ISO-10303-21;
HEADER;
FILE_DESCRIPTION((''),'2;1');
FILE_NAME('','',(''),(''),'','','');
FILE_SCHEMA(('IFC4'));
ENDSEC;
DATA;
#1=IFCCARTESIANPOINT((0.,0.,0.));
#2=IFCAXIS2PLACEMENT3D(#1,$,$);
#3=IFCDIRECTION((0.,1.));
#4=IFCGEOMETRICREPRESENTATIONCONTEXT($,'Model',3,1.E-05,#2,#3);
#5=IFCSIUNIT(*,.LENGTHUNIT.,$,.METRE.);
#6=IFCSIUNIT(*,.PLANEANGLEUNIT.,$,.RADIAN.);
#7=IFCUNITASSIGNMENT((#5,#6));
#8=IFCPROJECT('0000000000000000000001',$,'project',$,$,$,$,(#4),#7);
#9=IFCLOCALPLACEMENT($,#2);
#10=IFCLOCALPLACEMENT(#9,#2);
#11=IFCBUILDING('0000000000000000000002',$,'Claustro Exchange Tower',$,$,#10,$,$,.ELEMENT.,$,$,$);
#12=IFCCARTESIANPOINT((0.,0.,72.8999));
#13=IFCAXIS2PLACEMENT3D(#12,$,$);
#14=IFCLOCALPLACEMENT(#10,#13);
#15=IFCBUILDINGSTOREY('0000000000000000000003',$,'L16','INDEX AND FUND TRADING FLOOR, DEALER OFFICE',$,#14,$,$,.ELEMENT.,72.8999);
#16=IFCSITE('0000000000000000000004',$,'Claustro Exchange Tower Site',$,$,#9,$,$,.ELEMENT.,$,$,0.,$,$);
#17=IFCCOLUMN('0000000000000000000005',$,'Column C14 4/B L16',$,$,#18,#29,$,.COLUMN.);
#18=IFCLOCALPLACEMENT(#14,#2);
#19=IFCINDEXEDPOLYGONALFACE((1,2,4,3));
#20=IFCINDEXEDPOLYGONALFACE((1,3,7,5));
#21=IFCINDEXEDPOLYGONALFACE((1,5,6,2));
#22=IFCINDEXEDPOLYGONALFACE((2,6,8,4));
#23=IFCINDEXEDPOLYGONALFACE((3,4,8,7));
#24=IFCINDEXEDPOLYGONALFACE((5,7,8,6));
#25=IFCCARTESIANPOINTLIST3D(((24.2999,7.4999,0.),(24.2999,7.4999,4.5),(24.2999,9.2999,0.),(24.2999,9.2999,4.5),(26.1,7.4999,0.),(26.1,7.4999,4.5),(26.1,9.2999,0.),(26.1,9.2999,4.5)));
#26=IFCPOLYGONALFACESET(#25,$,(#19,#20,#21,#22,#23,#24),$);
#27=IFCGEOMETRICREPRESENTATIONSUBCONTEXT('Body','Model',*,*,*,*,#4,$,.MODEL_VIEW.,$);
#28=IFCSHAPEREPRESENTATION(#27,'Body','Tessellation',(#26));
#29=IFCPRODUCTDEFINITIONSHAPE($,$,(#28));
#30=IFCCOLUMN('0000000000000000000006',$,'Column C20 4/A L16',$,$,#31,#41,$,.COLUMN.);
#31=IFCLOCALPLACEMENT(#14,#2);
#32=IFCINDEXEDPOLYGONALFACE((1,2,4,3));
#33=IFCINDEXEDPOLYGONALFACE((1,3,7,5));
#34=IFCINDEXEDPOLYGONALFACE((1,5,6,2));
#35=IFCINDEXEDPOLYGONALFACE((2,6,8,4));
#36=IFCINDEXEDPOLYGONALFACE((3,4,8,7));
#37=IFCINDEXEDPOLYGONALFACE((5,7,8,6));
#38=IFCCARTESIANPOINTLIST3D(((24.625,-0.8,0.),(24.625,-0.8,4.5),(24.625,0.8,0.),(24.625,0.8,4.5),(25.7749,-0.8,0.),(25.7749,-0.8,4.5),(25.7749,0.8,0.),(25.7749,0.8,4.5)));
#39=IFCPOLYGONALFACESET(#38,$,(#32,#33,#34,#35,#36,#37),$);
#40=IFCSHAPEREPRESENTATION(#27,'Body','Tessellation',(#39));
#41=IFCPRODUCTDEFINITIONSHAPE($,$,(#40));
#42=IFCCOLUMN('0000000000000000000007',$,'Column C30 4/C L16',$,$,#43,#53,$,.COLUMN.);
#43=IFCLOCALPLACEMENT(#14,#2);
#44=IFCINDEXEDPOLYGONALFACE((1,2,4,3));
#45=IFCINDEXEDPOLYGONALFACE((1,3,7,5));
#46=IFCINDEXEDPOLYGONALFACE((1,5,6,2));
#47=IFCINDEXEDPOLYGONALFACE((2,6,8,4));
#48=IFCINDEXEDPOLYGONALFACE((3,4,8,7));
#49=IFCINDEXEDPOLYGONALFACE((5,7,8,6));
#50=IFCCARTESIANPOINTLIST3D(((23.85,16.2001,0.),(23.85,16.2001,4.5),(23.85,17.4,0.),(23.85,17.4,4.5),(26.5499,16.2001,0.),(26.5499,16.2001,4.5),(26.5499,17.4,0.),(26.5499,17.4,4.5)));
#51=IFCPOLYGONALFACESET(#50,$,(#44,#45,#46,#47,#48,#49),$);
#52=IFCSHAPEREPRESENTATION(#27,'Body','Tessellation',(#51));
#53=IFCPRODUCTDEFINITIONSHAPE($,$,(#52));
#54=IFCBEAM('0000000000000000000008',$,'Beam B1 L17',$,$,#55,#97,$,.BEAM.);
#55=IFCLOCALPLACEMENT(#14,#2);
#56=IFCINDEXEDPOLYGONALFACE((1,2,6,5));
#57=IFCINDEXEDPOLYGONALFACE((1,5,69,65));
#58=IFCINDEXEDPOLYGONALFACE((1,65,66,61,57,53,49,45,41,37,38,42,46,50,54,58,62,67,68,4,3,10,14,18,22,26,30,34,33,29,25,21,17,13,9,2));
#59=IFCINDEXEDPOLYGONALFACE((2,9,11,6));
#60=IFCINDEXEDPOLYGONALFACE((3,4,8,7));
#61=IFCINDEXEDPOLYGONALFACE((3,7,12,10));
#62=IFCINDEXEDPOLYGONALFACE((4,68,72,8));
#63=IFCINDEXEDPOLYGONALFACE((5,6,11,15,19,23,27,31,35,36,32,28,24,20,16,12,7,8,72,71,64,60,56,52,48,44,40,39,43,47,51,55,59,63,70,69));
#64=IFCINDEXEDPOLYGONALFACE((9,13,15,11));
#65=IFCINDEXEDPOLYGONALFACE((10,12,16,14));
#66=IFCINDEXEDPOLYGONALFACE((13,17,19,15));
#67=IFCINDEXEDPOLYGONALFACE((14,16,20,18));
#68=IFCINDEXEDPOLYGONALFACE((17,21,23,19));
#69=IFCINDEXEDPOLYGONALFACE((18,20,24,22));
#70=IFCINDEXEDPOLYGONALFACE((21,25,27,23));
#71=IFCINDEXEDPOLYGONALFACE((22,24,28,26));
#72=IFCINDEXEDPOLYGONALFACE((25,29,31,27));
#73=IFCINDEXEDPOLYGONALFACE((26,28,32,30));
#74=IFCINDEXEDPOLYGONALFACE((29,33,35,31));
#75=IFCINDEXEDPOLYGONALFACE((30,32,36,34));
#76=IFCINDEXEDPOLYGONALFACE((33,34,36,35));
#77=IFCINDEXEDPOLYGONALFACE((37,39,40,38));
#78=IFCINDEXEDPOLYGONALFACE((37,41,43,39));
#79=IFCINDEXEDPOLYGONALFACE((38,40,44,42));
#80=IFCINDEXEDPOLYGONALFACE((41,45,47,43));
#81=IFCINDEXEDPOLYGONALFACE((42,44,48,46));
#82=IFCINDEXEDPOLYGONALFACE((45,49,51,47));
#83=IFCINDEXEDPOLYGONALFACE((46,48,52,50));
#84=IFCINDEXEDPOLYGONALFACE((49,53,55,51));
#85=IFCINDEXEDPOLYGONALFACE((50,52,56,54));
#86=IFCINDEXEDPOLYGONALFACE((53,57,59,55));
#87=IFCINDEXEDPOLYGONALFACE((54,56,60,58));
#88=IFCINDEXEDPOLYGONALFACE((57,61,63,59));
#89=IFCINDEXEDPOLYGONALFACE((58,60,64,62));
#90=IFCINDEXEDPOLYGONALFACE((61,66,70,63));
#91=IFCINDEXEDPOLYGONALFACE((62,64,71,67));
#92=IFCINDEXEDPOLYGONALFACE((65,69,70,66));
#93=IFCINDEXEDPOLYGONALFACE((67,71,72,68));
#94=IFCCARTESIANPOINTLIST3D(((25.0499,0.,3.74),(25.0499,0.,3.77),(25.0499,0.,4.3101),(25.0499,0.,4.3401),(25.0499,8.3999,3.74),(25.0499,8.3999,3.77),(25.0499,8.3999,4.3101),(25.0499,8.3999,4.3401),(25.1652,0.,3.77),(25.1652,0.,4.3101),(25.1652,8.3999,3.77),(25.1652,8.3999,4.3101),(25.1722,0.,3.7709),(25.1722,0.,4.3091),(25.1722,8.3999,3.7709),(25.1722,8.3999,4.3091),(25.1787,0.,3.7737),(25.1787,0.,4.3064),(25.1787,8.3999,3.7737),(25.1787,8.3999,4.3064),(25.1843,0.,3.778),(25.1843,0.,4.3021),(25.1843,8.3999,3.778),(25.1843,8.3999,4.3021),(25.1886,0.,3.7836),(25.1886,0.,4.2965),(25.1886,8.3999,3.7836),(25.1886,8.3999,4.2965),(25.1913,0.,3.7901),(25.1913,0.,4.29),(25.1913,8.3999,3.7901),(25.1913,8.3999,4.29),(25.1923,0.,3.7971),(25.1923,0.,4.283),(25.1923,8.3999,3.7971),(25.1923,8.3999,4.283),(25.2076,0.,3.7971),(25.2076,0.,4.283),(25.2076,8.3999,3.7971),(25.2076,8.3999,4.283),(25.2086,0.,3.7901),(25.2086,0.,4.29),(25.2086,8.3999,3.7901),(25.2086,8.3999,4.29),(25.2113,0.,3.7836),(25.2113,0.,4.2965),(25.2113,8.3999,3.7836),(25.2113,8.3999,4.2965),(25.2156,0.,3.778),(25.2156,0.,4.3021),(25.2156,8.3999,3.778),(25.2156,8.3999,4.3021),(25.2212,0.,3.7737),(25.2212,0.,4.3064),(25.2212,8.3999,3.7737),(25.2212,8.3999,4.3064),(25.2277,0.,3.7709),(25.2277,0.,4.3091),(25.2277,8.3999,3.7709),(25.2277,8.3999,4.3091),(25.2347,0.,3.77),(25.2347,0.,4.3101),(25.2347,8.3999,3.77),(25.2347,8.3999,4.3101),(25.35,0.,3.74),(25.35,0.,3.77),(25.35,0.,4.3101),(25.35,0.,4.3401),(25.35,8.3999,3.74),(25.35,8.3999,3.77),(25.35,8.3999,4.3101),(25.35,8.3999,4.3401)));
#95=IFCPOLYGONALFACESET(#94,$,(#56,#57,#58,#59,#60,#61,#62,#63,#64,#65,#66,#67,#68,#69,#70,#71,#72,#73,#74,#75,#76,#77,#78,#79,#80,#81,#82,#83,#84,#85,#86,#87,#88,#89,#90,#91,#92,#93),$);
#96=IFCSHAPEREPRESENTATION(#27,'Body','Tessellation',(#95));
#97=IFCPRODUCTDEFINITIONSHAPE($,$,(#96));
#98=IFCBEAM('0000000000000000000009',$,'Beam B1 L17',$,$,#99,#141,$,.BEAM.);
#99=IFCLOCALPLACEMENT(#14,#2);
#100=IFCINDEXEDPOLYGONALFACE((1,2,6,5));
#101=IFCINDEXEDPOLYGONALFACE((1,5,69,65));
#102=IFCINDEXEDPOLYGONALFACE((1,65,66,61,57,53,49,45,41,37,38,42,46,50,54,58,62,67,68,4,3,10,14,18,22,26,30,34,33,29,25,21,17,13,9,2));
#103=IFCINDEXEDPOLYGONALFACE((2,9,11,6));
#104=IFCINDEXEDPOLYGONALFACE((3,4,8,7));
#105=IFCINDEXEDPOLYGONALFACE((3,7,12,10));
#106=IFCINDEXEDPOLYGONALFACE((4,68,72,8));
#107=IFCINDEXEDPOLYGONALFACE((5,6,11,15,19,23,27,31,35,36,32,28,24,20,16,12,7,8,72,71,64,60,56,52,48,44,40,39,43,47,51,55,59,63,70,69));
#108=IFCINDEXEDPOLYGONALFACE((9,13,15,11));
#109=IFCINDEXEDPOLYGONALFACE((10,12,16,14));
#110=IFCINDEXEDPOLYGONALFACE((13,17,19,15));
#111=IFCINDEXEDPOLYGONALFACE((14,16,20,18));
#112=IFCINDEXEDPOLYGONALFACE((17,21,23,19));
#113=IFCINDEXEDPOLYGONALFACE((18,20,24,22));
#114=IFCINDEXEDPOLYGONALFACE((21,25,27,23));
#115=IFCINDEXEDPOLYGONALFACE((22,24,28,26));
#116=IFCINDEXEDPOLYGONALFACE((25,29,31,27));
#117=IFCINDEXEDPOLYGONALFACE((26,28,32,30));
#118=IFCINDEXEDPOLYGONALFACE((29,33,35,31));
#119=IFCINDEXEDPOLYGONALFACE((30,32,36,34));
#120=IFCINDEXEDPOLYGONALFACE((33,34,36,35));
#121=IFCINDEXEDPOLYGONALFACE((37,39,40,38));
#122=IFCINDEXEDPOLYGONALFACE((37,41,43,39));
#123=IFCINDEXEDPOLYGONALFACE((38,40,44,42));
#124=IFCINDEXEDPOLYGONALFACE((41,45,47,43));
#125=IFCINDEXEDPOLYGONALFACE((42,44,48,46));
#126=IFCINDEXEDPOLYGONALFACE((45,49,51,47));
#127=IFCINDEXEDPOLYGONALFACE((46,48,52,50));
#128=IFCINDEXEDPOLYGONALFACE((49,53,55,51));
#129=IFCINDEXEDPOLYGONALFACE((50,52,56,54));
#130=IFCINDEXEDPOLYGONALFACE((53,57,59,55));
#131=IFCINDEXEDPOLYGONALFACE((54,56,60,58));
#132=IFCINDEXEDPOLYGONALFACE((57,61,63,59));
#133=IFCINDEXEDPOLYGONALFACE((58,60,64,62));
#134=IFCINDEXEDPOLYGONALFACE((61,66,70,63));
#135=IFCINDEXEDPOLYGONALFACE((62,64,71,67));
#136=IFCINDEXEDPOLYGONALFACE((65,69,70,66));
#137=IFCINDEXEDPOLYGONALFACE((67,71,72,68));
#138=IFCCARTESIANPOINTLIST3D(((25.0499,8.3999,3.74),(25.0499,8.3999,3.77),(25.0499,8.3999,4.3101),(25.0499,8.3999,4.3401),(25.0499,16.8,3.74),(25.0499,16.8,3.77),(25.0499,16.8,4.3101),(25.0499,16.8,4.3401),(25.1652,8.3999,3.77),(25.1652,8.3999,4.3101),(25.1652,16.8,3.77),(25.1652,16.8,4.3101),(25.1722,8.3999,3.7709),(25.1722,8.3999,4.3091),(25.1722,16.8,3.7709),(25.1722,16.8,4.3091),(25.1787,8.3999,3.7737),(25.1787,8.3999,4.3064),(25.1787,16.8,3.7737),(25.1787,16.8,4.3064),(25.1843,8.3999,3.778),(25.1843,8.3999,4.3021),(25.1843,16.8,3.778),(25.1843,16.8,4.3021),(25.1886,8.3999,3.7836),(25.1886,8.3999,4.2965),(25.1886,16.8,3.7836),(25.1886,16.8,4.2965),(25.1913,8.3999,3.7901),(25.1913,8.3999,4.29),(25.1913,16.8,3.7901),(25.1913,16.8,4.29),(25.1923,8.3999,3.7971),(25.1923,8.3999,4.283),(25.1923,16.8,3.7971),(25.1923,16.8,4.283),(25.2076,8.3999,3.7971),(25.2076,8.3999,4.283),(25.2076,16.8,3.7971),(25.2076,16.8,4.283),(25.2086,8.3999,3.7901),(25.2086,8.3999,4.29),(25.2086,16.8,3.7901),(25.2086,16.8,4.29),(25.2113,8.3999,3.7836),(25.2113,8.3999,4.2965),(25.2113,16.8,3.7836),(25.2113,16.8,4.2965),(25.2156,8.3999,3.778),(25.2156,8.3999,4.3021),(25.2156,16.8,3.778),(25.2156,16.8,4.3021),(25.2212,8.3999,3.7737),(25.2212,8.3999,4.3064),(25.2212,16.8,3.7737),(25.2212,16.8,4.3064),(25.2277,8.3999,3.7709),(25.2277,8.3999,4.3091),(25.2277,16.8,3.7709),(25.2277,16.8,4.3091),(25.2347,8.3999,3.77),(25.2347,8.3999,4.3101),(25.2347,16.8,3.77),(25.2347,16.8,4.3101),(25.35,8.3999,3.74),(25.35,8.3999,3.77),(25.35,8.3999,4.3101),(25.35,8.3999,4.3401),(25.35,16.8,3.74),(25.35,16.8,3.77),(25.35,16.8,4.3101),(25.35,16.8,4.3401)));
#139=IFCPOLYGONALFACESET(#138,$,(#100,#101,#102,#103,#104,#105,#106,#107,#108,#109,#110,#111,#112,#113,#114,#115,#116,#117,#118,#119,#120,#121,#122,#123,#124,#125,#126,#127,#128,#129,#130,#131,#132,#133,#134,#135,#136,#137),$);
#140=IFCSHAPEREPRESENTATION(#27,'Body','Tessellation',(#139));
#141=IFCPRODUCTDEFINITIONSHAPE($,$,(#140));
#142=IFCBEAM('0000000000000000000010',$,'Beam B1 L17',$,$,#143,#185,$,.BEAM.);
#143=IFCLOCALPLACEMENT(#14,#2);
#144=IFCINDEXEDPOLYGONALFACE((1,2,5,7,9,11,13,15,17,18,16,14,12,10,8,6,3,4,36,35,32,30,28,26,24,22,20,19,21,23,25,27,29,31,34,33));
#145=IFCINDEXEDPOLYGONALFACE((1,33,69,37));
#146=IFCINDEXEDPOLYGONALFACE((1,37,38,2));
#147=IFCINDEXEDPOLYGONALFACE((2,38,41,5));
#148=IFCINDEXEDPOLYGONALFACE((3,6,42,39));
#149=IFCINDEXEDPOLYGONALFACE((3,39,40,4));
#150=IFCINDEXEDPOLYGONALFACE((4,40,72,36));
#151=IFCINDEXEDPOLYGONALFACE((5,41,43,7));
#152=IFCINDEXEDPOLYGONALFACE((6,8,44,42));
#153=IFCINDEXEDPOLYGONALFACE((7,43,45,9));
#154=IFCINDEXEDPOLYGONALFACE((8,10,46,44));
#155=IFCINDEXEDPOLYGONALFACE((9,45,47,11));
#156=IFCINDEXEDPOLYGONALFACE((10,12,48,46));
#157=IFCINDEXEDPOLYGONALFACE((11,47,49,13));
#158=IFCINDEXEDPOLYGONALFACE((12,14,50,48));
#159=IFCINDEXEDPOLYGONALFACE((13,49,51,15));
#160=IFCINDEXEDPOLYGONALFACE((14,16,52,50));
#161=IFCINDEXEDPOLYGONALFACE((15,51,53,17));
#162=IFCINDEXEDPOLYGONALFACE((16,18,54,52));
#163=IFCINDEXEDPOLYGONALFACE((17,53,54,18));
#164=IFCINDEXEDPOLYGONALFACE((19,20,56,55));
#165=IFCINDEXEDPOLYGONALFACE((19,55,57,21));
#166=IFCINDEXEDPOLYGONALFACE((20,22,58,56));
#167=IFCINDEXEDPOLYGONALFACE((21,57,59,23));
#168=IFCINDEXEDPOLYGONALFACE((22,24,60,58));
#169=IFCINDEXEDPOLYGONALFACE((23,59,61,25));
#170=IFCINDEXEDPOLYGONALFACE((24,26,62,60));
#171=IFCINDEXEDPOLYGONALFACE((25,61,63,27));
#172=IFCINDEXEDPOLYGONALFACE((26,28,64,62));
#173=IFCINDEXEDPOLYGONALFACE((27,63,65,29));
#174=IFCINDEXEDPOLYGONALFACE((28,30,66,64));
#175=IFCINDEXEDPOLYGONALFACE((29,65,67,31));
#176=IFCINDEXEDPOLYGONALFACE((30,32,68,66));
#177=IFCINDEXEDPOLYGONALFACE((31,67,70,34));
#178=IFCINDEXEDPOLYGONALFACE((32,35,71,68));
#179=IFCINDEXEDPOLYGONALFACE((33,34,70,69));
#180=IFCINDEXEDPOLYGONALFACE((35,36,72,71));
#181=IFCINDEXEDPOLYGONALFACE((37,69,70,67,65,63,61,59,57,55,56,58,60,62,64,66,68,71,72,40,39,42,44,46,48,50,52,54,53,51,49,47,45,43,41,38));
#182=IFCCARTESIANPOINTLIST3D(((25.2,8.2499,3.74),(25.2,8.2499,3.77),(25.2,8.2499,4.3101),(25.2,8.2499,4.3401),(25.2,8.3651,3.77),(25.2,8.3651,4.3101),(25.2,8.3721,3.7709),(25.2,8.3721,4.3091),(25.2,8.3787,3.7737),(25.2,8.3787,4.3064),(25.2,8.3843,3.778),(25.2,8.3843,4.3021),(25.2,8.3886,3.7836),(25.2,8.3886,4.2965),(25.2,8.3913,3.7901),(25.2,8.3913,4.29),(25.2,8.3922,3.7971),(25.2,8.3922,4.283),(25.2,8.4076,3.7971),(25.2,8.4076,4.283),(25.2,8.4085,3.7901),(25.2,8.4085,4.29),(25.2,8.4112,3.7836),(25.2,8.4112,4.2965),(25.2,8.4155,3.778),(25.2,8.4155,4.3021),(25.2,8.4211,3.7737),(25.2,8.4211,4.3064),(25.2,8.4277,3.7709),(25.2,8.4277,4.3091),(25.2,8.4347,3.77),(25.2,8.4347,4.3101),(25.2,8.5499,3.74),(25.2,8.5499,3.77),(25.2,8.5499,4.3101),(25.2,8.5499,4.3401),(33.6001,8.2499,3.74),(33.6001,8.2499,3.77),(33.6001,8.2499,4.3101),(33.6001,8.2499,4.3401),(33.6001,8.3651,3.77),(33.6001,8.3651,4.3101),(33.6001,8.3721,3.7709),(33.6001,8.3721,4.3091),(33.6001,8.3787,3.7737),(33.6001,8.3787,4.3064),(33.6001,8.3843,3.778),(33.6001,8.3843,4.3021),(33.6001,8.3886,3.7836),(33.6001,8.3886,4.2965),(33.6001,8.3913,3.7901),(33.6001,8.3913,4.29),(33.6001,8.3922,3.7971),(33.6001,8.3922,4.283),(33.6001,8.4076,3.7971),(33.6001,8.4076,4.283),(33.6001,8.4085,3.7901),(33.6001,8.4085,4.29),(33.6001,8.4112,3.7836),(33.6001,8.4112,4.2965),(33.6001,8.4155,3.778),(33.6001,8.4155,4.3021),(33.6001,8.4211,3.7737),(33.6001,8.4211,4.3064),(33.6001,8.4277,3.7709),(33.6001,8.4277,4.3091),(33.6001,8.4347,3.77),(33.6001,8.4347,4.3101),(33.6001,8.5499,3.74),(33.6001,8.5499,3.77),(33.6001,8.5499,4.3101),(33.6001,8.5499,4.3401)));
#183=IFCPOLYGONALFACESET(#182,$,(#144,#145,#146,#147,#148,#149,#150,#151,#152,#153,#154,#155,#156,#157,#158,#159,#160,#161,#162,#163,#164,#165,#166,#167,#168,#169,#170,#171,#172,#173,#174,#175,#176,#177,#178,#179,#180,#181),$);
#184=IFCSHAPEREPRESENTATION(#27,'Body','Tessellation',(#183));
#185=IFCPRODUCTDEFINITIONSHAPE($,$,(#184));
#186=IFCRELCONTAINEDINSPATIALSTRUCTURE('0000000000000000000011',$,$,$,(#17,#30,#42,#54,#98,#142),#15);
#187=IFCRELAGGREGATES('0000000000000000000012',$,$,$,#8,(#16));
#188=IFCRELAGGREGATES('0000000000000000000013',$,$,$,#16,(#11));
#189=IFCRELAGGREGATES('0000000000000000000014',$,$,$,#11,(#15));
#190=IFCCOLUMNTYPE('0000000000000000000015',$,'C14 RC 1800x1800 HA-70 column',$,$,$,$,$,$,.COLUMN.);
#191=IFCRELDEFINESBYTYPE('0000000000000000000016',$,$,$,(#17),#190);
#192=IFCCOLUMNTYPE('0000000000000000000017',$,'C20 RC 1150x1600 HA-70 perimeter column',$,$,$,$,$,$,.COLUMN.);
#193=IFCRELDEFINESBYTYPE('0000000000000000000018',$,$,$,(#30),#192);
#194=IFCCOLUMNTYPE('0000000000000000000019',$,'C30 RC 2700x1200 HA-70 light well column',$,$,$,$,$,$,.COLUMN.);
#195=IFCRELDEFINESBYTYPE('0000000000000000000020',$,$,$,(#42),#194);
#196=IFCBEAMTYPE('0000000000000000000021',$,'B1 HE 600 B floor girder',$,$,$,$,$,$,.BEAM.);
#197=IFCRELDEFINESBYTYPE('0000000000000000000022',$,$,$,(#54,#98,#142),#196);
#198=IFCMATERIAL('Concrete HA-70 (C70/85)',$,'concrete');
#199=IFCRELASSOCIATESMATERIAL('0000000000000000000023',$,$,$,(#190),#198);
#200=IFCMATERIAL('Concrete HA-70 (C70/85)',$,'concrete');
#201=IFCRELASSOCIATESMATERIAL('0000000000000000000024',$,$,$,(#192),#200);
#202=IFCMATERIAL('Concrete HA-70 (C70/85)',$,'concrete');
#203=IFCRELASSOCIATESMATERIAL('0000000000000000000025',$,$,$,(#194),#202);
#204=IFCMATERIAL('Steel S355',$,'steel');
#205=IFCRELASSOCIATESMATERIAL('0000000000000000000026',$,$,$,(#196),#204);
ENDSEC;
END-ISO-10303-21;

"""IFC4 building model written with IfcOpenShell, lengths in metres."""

from ifc_helpers import new_model, si_unit, direction, frame, origin, origin_2d, place, context, subcontext, project, spatial, rectangle, i_section, extrude, material, material_profile, profile_set, type_object, element, save


model = new_model("IFC4")

# Units and contexts
model_context = context("Model", 3, precision=1e-05, world=origin(), true_north=direction((0.0, 1.0)))
body_context = subcontext(model_context, "Body", "Model", "MODEL_VIEW")
ifc_project = project(units=[si_unit("LENGTHUNIT", "METRE"), si_unit("PLANEANGLEUNIT", "RADIAN")], contexts=[model_context])

# Site, building, storey
site_placement = place(None, origin())
site = spatial("IfcSite", under=ifc_project, at=site_placement, Name="Claustro Exchange Tower Site", CompositionType="ELEMENT", RefElevation=0.0)
building_placement = place(site_placement, origin())
building = spatial("IfcBuilding", under=site, at=building_placement, Name="Claustro Exchange Tower", CompositionType="ELEMENT")
storey_placement = place(building_placement, frame((0.0, 0.0, 72.8999)))
storey = spatial("IfcBuildingStorey", under=building, at=storey_placement, Name="L16", Description="INDEX AND FUND TRADING FLOOR, DEALER OFFICE", CompositionType="ELEMENT", Elevation=72.8999)

# Columns
ifc_material_1 = material(Name="Concrete HA-70 (C70/85)", Category="concrete")
ifc_material_profile_1 = material_profile(ifc_material_1, rectangle(XDim=1.8, YDim=1.8, at=origin_2d()), Name="RC 1800x1800")
ifc_profile_set_1 = profile_set([ifc_material_profile_1], Name="Concrete HA-70 (C70/85)")
column_type_1 = type_object("IfcColumnType", Name="C14 RC 1800x1800 HA-70 column", PredefinedType="COLUMN", material=ifc_profile_set_1)
column_1_placement = place(storey_placement, frame((25.2, 8.3999, 0.0), z_axis=(0.0, 0.0, 1.0), x_axis=(1.0, 0.0, 0.0)))
element("IfcColumn", 1, at=column_1_placement, inside=storey, type_object=column_type_1, Name="Column C14 4/B L16", PredefinedType="COLUMN", context=body_context, shape_type="SweptSolid", body=[
    extrude(rectangle(XDim=1.8, YDim=1.8, at=origin_2d()), origin(), (0.0, 0.0, 1.0), 4.5),
])
ifc_material_2 = material(Name="Concrete HA-70 (C70/85)", Category="concrete")
ifc_material_profile_2 = material_profile(ifc_material_2, rectangle(XDim=1.1499, YDim=1.6001, at=origin_2d()), Name="RC 1150x1600")
ifc_profile_set_2 = profile_set([ifc_material_profile_2], Name="Concrete HA-70 (C70/85)")
column_type_2 = type_object("IfcColumnType", Name="C20 RC 1150x1600 HA-70 perimeter column", PredefinedType="COLUMN", material=ifc_profile_set_2)
column_2_placement = place(storey_placement, frame((25.2, 0.0, 0.0), z_axis=(0.0, 0.0, 1.0), x_axis=(1.0, 0.0, 0.0)))
element("IfcColumn", 2, at=column_2_placement, inside=storey, type_object=column_type_2, Name="Column C20 4/A L16", PredefinedType="COLUMN", context=body_context, shape_type="SweptSolid", body=[
    extrude(rectangle(XDim=1.1499, YDim=1.6001, at=origin_2d()), origin(), (0.0, 0.0, 1.0), 4.5),
])
ifc_material_3 = material(Name="Concrete HA-70 (C70/85)", Category="concrete")
ifc_material_profile_3 = material_profile(ifc_material_3, rectangle(XDim=2.7, YDim=1.2, at=origin_2d()), Name="RC 2700x1200")
ifc_profile_set_3 = profile_set([ifc_material_profile_3], Name="Concrete HA-70 (C70/85)")
column_type_3 = type_object("IfcColumnType", Name="C30 RC 2700x1200 HA-70 light well column", PredefinedType="COLUMN", material=ifc_profile_set_3)
column_3_placement = place(storey_placement, frame((25.2, 16.8, 0.0), z_axis=(0.0, 0.0, 1.0), x_axis=(1.0, 0.0, 0.0)))
element("IfcColumn", 3, at=column_3_placement, inside=storey, type_object=column_type_3, Name="Column C30 4/C L16", PredefinedType="COLUMN", context=body_context, shape_type="SweptSolid", body=[
    extrude(rectangle(XDim=2.7, YDim=1.2, at=origin_2d()), origin(), (0.0, 0.0, 1.0), 4.5),
])

# Beams
ifc_material_4 = material(Name="Steel S355", Category="steel")
ifc_material_profile_4 = material_profile(ifc_material_4, i_section(OverallWidth=0.3, OverallDepth=0.6001, WebThickness=0.0154, FlangeThickness=0.03, FilletRadius=0.0271, at=origin_2d()), Name="HE 600 B")
ifc_profile_set_4 = profile_set([ifc_material_profile_4], Name="Steel S355")
beam_type_1 = type_object("IfcBeamType", Name="B1 HE 600 B floor girder", PredefinedType="BEAM", material=ifc_profile_set_4)
beam_1_placement = place(storey_placement, frame((25.2, 0.0, 4.04), z_axis=(0.0, 1.0, 0.0), x_axis=(-1.0, 0.0, 0.0)))
element("IfcBeam", 4, at=beam_1_placement, inside=storey, type_object=beam_type_1, Name="Beam B1 L17", PredefinedType="BEAM", context=body_context, shape_type="SweptSolid", body=[
    extrude(i_section(OverallWidth=0.3, OverallDepth=0.6001, WebThickness=0.0154, FlangeThickness=0.03, FilletRadius=0.0271, at=origin_2d()), origin(), (0.0, 0.0, 1.0), 8.3999),
])
for number, where, z_axis, x_axis, name in (
    (5, (25.2, 8.3999, 4.04), (0.0, 1.0, 0.0), (-1.0, 0.0, 0.0), "Beam B1 L17"),
    (6, (25.2, 8.3999, 4.04), (1.0, 0.0, 0.0), (0.0, 1.0, 0.0), "Beam B1 L17"),
):
    element("IfcBeam", number, at=place(storey_placement, frame(where, z_axis=z_axis, x_axis=x_axis)), inside=storey, type_object=beam_type_1, Name=name, PredefinedType="BEAM", context=body_context, shape_type="SweptSolid", body=[
        extrude(i_section(OverallWidth=0.3, OverallDepth=0.6001, WebThickness=0.0154, FlangeThickness=0.03, FilletRadius=0.0271, at=origin_2d()), origin(), (0.0, 0.0, 1.0), 8.4001),
    ])

save(model, "model.ifc")
